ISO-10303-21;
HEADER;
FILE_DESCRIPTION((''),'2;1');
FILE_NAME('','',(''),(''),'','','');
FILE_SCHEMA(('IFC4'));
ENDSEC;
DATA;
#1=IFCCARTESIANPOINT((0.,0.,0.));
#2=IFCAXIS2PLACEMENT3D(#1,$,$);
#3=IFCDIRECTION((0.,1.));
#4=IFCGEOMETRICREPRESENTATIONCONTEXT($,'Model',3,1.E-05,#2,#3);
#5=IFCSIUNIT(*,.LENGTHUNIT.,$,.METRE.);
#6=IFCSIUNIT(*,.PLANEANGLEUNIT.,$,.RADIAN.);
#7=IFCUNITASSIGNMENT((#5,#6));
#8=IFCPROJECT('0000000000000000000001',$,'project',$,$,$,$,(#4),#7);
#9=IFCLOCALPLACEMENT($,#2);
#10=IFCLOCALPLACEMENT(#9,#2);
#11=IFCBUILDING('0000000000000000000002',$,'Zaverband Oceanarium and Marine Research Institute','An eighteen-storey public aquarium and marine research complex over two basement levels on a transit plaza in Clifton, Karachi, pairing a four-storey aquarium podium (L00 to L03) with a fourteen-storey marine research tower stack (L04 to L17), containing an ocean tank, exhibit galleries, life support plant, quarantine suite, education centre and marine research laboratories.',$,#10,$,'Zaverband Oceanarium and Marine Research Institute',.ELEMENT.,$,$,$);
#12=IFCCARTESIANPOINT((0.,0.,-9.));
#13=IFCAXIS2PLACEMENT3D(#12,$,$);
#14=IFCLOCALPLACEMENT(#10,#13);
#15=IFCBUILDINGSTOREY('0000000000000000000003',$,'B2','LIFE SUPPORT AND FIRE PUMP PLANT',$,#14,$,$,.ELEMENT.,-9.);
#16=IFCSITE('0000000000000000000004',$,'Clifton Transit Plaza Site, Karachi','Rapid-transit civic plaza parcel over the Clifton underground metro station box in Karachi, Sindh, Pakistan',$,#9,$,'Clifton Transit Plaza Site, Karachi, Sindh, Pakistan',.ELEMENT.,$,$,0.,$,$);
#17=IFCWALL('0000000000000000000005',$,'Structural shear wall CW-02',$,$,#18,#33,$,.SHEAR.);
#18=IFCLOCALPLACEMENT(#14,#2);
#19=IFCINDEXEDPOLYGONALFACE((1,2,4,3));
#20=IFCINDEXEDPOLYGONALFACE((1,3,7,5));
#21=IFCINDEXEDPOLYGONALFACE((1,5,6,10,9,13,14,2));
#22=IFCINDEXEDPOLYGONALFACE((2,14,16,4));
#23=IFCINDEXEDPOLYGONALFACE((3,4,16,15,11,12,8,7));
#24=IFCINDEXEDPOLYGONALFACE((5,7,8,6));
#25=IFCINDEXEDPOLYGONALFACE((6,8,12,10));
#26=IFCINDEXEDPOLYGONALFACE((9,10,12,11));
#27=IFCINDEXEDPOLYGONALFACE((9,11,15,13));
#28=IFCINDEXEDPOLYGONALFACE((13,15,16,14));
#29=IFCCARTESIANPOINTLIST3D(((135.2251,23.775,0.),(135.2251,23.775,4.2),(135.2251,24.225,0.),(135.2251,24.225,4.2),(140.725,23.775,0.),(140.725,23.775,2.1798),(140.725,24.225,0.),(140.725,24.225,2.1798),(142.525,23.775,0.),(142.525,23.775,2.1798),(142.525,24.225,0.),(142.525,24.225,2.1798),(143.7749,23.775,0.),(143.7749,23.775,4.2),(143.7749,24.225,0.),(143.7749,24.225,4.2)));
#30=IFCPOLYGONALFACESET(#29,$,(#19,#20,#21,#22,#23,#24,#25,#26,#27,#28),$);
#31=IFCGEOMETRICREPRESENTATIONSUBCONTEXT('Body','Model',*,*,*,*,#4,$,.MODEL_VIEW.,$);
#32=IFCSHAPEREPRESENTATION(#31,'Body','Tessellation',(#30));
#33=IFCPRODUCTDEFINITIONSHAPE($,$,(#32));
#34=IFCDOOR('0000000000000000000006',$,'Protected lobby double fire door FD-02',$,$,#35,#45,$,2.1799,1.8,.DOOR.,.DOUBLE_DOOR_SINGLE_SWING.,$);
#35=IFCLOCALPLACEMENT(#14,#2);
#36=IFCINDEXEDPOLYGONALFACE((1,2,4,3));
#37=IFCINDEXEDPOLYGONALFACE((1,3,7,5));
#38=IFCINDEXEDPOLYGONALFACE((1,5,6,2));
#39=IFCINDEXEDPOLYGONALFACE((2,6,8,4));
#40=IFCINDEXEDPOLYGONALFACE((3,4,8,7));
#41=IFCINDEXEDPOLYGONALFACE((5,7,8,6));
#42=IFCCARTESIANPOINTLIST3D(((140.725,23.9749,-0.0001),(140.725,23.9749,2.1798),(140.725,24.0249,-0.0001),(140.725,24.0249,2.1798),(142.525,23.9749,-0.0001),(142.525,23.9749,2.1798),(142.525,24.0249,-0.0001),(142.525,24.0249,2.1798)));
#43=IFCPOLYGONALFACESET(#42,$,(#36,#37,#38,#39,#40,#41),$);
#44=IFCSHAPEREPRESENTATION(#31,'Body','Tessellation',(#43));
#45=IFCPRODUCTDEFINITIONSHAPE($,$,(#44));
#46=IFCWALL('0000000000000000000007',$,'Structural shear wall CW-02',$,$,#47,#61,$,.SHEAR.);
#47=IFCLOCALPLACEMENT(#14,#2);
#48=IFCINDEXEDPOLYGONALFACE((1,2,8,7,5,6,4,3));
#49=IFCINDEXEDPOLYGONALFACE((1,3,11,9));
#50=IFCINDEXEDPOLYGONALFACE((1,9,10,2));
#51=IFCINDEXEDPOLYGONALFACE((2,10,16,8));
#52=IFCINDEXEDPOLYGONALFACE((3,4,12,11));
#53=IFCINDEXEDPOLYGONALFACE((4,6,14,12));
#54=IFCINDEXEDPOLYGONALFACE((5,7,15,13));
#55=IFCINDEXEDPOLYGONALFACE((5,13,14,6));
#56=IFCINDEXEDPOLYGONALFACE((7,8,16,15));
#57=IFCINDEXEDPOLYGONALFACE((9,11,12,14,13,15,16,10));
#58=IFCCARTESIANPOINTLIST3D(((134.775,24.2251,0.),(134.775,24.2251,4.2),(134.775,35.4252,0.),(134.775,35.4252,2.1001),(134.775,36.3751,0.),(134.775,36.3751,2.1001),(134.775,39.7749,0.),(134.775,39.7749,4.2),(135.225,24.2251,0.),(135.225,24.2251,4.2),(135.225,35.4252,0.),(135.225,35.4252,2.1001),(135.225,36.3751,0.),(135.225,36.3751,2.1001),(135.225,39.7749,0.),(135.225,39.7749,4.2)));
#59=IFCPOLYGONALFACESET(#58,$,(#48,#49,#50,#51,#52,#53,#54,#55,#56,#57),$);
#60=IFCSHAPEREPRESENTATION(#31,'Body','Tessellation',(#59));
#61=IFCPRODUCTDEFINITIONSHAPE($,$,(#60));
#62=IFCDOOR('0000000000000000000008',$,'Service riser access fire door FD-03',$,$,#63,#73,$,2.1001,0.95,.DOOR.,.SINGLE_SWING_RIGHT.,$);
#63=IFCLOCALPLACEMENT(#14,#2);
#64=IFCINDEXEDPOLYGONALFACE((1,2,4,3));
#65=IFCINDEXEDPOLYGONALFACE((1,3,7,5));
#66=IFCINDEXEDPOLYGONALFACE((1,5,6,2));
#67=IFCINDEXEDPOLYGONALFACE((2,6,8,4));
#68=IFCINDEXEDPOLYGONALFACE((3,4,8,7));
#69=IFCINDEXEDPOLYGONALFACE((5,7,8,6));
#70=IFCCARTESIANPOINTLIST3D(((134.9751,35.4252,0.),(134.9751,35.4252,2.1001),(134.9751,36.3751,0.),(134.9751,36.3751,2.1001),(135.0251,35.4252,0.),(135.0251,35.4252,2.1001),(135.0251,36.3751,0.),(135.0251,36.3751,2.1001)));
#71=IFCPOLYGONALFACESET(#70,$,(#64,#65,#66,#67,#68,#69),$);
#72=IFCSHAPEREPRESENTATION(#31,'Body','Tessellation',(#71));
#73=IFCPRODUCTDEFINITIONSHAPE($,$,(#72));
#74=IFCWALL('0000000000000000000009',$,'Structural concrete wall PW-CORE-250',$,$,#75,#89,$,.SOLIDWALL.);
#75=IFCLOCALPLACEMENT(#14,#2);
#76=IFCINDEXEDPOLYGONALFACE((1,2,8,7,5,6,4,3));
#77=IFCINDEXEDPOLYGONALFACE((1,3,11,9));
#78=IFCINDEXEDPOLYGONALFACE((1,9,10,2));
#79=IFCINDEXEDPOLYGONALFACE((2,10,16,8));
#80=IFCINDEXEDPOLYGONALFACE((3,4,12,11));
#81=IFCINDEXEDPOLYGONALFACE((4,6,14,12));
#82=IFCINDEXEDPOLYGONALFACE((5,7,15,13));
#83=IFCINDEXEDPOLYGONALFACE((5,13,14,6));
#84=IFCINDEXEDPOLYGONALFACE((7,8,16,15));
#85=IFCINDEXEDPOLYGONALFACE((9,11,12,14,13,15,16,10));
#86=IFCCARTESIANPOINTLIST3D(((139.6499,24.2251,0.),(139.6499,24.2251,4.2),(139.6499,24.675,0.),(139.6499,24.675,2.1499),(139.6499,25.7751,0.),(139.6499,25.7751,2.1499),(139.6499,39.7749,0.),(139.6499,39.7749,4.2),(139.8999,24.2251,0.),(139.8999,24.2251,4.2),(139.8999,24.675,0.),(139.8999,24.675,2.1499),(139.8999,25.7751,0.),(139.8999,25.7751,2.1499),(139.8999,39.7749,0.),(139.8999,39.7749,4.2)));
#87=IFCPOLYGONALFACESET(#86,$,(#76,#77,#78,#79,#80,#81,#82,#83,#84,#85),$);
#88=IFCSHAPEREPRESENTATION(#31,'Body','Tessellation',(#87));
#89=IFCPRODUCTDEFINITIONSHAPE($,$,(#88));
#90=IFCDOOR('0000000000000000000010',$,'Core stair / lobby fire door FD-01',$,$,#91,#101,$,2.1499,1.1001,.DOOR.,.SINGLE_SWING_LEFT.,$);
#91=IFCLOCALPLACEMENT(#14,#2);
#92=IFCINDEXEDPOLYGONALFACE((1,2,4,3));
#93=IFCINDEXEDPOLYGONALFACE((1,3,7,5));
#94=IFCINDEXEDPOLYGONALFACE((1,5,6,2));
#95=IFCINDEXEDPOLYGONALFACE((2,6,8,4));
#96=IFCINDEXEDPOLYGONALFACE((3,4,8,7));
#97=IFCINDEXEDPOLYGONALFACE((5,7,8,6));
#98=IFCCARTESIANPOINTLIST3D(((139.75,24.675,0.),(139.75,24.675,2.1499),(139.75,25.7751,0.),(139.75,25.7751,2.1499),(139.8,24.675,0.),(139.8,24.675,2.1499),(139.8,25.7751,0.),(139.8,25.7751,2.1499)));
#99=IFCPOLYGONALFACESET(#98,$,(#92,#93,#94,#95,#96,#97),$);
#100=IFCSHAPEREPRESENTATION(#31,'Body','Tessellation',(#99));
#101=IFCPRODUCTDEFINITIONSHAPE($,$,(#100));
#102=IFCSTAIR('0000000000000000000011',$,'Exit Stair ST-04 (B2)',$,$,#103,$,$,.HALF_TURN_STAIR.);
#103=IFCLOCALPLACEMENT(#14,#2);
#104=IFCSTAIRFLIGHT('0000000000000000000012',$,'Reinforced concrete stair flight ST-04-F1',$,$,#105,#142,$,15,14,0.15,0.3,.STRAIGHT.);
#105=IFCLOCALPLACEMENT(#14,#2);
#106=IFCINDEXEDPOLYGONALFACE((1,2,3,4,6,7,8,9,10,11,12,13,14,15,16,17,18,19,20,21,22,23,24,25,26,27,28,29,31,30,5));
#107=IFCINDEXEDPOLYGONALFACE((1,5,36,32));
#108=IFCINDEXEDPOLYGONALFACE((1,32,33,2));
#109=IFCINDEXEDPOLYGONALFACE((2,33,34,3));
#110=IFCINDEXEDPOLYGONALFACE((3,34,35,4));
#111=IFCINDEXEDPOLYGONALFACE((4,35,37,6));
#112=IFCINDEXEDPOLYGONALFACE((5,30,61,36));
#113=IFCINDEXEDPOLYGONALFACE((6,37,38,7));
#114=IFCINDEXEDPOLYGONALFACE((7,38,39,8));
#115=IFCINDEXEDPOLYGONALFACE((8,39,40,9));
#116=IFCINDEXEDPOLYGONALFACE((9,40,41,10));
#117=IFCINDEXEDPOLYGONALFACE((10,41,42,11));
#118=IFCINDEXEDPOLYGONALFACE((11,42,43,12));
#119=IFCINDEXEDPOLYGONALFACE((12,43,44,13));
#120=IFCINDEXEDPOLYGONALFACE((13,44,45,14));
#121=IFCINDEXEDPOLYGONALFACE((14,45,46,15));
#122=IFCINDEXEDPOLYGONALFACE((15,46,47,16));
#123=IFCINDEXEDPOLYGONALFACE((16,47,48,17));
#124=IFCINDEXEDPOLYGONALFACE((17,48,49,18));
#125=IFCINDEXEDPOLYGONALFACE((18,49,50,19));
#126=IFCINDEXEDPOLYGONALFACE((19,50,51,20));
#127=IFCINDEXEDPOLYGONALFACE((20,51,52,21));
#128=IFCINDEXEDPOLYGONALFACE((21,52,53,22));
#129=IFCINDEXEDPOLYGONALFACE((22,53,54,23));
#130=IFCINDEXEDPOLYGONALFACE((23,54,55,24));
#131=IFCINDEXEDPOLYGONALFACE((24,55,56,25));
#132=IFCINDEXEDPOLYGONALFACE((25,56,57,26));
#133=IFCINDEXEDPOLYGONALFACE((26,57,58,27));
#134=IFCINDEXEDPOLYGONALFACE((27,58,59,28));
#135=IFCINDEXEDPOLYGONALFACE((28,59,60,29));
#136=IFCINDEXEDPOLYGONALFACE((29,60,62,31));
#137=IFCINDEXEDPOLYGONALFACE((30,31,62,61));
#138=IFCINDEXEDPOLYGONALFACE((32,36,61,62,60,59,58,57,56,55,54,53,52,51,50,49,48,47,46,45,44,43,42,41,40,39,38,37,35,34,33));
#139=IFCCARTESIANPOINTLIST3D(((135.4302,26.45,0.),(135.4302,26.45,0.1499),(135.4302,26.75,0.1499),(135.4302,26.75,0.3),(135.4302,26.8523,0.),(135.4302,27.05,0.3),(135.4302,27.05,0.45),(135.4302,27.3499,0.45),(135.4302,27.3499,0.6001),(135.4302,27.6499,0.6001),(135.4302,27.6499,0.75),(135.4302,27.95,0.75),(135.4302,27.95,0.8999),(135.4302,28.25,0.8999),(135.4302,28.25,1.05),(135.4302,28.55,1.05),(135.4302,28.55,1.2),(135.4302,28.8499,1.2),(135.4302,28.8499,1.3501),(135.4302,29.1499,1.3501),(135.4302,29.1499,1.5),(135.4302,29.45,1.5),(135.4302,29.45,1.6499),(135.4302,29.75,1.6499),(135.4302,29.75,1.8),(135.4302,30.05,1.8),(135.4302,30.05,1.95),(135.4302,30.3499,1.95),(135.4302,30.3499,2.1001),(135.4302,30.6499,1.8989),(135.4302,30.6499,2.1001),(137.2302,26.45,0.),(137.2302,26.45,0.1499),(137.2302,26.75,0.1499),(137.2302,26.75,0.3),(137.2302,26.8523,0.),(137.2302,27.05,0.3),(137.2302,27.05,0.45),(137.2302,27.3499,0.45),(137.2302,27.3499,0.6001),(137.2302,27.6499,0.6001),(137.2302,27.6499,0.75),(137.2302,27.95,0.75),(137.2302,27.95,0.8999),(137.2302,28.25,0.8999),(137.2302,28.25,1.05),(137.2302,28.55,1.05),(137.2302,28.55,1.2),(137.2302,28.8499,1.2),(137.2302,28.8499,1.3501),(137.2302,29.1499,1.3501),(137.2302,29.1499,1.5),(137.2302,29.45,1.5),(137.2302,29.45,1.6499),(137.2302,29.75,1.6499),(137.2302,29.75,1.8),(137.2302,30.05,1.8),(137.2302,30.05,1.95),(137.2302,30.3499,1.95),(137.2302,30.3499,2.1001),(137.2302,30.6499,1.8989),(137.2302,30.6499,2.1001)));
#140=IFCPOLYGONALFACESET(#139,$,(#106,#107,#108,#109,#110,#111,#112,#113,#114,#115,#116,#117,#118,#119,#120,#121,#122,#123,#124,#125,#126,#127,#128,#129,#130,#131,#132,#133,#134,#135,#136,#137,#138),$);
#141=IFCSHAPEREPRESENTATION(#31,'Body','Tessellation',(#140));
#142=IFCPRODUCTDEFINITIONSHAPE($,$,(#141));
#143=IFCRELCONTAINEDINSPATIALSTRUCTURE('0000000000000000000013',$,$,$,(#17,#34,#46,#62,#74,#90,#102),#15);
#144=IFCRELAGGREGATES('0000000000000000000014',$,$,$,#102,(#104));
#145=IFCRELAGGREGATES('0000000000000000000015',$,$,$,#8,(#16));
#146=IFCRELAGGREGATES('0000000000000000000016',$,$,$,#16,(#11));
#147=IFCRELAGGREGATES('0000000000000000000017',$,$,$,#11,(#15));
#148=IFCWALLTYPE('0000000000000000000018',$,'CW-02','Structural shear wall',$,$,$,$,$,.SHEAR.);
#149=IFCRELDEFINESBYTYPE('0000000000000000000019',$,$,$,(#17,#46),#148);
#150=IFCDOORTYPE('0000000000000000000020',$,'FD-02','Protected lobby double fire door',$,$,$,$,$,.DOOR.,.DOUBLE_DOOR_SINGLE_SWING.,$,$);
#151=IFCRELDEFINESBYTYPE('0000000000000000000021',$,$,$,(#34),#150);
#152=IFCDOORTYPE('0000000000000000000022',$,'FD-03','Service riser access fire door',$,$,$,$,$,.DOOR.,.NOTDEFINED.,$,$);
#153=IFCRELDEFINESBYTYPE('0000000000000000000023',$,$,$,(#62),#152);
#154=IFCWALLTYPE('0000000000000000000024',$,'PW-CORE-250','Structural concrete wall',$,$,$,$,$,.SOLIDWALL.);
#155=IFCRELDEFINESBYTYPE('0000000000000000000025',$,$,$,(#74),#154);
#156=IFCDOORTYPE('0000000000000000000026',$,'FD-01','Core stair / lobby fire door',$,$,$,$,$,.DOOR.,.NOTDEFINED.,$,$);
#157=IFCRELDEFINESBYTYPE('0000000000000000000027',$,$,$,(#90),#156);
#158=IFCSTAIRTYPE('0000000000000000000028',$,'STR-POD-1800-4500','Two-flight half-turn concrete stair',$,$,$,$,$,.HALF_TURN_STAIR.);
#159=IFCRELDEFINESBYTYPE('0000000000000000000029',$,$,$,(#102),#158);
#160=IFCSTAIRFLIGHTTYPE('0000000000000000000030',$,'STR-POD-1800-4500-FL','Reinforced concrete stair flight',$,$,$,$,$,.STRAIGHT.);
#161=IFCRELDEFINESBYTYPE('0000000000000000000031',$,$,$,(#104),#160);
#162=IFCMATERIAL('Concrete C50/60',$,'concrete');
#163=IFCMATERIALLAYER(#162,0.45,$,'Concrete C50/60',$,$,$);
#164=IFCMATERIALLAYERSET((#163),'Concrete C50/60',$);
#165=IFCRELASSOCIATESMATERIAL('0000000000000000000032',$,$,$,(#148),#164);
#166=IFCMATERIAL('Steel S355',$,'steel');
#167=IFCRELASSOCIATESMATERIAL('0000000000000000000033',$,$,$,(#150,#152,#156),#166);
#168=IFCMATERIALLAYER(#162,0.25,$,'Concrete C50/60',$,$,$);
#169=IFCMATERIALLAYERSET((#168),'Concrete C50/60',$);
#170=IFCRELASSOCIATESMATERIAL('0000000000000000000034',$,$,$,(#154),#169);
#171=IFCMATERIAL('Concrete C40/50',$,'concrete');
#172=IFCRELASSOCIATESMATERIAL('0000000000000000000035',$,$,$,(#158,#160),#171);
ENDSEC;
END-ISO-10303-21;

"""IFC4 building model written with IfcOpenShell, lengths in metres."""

from ifc_helpers import new_model, si_unit, direction, frame, frame_2d, origin, place, context, subcontext, project, spatial, polyline, rectangle, outline, extrude, material, layer, layer_set, type_object, element, fill, aggregate, save


model = new_model("IFC4")

# Units and contexts
model_context = context("Model", 3, precision=1e-05, world=origin(), true_north=direction((0.0, 1.0)))
body_context = subcontext(model_context, "Body", "Model", "MODEL_VIEW")
ifc_project = project(units=[si_unit("LENGTHUNIT", "METRE"), si_unit("PLANEANGLEUNIT", "RADIAN")], contexts=[model_context])

# Site, building, storey
site_placement = place(None, origin())
site = spatial("IfcSite", under=ifc_project, at=site_placement, Name="Clifton Transit Plaza Site, Karachi", Description="Rapid-transit civic plaza parcel over the Clifton underground metro station box in Karachi, Sindh, Pakistan", LongName="Clifton Transit Plaza Site, Karachi, Sindh, Pakistan", CompositionType="ELEMENT", RefElevation=0.0)
building_placement = place(site_placement, origin())
building = spatial("IfcBuilding", under=site, at=building_placement, Name="Zaverband Oceanarium and Marine Research Institute", Description="An eighteen-storey public aquarium and marine research complex over two basement levels on a transit plaza in Clifton, Karachi, pairing a four-storey aquarium podium (L00 to L03) with a fourteen-storey marine research tower stack (L04 to L17), containing an ocean tank, exhibit galleries, life support plant, quarantine suite, education centre and marine research laboratories.", LongName="Zaverband Oceanarium and Marine Research Institute", CompositionType="ELEMENT")
storey_placement = place(building_placement, frame((0.0, 0.0, -9.0)))
storey = spatial("IfcBuildingStorey", under=building, at=storey_placement, Name="B2", Description="LIFE SUPPORT AND FIRE PUMP PLANT", CompositionType="ELEMENT", Elevation=-9.0)

# Shared definitions
ifc_material_1 = material(Name="Concrete C50/60", Category="concrete")

# Shared definitions
ifc_material_2 = material(Name="Concrete C40/50", Category="concrete")

# Walls, openings, doors
ifc_layer_1 = layer(ifc_material_1, 0.45, Name="Concrete C50/60")
ifc_layer_set_1 = layer_set([ifc_layer_1], Name="Concrete C50/60")
wall_type_1 = type_object("IfcWallType", Name="CW-02", Description="Structural shear wall", PredefinedType="SHEAR", material=ifc_layer_set_1)
wall_1_placement = place(storey_placement, frame((135.2251, 24.0, 0.0), z_axis=(0.0, 0.0, 1.0), x_axis=(1.0, 0.0, 0.0)))
wall_1 = element("IfcWall", 1, at=wall_1_placement, inside=storey, type_object=wall_type_1, Name="Structural shear wall CW-02", PredefinedType="SHEAR", context=body_context, shape_type="SweptSolid", body=[
    extrude(rectangle(XDim=8.5498, YDim=0.45, at=frame_2d((4.2749, 0.0))), origin(), (0.0, 0.0, 1.0), 4.2),
])
opening_1_placement = place(wall_1_placement, frame((5.5, 0.0, 0.0)))
opening_1 = element("IfcOpeningElement", 2, at=opening_1_placement, cuts=wall_1, PredefinedType="OPENING", context=body_context, shape_type="SweptSolid", body=[
    extrude(rectangle(XDim=1.8, YDim=2.1799, at=frame_2d((0.8999, 1.0898))), frame((0.0, 0.2368, 0.0), z_axis=(0.0, -1.0, 0.0), x_axis=(1.0, 0.0, 0.0)), (0.0, 0.0, 1.0), 0.4739),
])
ifc_material_3 = material(Name="Steel S355", Category="steel")
door_type_1 = type_object("IfcDoorType", Name="FD-02", Description="Protected lobby double fire door", OperationType="DOUBLE_DOOR_SINGLE_SWING", PredefinedType="DOOR", material=ifc_material_3)
door_1_placement = place(opening_1_placement, origin())
door_1 = element("IfcDoor", 3, at=door_1_placement, inside=storey, type_object=door_type_1, Name="Protected lobby double fire door FD-02", OperationType="DOUBLE_DOOR_SINGLE_SWING", OverallHeight=2.1799, OverallWidth=1.8, PredefinedType="DOOR", context=body_context, shape_type="SweptSolid", body=[
    extrude(rectangle(XDim=1.8, YDim=2.1799, at=frame_2d((0.8999, 1.0898))), frame((0.0, 0.0249, 0.0), z_axis=(0.0, -1.0, 0.0), x_axis=(1.0, 0.0, 0.0)), (0.0, 0.0, 1.0), 0.05),
])
fill(opening_1, door_1)
wall_2_placement = place(storey_placement, frame((135.0, 24.2251, 0.0), z_axis=(0.0, 0.0, 1.0), x_axis=(0.0, 1.0, 0.0)))
wall_2 = element("IfcWall", 4, at=wall_2_placement, inside=storey, type_object=wall_type_1, Name="Structural shear wall CW-02", PredefinedType="SHEAR", context=body_context, shape_type="SweptSolid", body=[
    extrude(rectangle(XDim=15.5498, YDim=0.45, at=frame_2d((7.7749, 0.0))), origin(), (0.0, 0.0, 1.0), 4.2),
])
opening_2_placement = place(wall_2_placement, frame((11.2, 0.0, 0.0)))
opening_2 = element("IfcOpeningElement", 5, at=opening_2_placement, cuts=wall_2, PredefinedType="OPENING", context=body_context, shape_type="SweptSolid", body=[
    extrude(rectangle(XDim=0.95, YDim=2.1001, at=frame_2d((0.4751, 1.05))), frame((0.0, 0.2368, 0.0), z_axis=(0.0, -1.0, 0.0), x_axis=(1.0, 0.0, 0.0)), (0.0, 0.0, 1.0), 0.4739),
])
door_type_2 = type_object("IfcDoorType", Name="FD-03", Description="Service riser access fire door", OperationType="NOTDEFINED", PredefinedType="DOOR", material=ifc_material_3)
door_2_placement = place(opening_2_placement, origin())
door_2 = element("IfcDoor", 6, at=door_2_placement, inside=storey, type_object=door_type_2, Name="Service riser access fire door FD-03", OperationType="SINGLE_SWING_RIGHT", OverallHeight=2.1001, OverallWidth=0.95, PredefinedType="DOOR", context=body_context, shape_type="SweptSolid", body=[
    extrude(rectangle(XDim=0.95, YDim=2.1001, at=frame_2d((0.4751, 1.05))), frame((0.0, 0.0249, 0.0), z_axis=(0.0, -1.0, 0.0), x_axis=(1.0, 0.0, 0.0)), (0.0, 0.0, 1.0), 0.05),
])
fill(opening_2, door_2)
ifc_layer_2 = layer(ifc_material_1, 0.25, Name="Concrete C50/60")
ifc_layer_set_2 = layer_set([ifc_layer_2], Name="Concrete C50/60")
wall_type_2 = type_object("IfcWallType", Name="PW-CORE-250", Description="Structural concrete wall", PredefinedType="SOLIDWALL", material=ifc_layer_set_2)
wall_3_placement = place(storey_placement, frame((139.7749, 24.2251, 0.0), z_axis=(0.0, 0.0, 1.0), x_axis=(0.0, 1.0, 0.0)))
wall_3 = element("IfcWall", 7, at=wall_3_placement, inside=storey, type_object=wall_type_2, Name="Structural concrete wall PW-CORE-250", PredefinedType="SOLIDWALL", context=body_context, shape_type="SweptSolid", body=[
    extrude(rectangle(XDim=15.5498, YDim=0.25, at=frame_2d((7.7749, 0.0))), origin(), (0.0, 0.0, 1.0), 4.2),
])
opening_3_placement = place(wall_3_placement, frame((0.45, 0.0, 0.0)))
opening_3 = element("IfcOpeningElement", 8, at=opening_3_placement, cuts=wall_3, PredefinedType="OPENING", context=body_context, shape_type="SweptSolid", body=[
    extrude(rectangle(XDim=1.1001, YDim=2.1499, at=frame_2d((0.55, 1.075))), frame((0.0, 0.137, 0.0), z_axis=(0.0, -1.0, 0.0), x_axis=(1.0, 0.0, 0.0)), (0.0, 0.0, 1.0), 0.2739),
])
door_type_3 = type_object("IfcDoorType", Name="FD-01", Description="Core stair / lobby fire door", OperationType="NOTDEFINED", PredefinedType="DOOR", material=ifc_material_3)
door_3_placement = place(opening_3_placement, origin())
door_3 = element("IfcDoor", 9, at=door_3_placement, inside=storey, type_object=door_type_3, Name="Core stair / lobby fire door FD-01", OperationType="SINGLE_SWING_LEFT", OverallHeight=2.1499, OverallWidth=1.1001, PredefinedType="DOOR", context=body_context, shape_type="SweptSolid", body=[
    extrude(rectangle(XDim=1.1001, YDim=2.1499, at=frame_2d((0.55, 1.075))), frame((0.0, 0.0249, 0.0), z_axis=(0.0, -1.0, 0.0), x_axis=(1.0, 0.0, 0.0)), (0.0, 0.0, 1.0), 0.05),
])
fill(opening_3, door_3)

# Stair, stair flight
stair_type = type_object("IfcStairType", Name="STR-POD-1800-4500", Description="Two-flight half-turn concrete stair", PredefinedType="HALF_TURN_STAIR", material=ifc_material_2)
stair_placement = place(storey_placement, origin())
stair = element("IfcStair", 10, at=stair_placement, inside=storey, type_object=stair_type, Name="Exit Stair ST-04 (B2)", PredefinedType="HALF_TURN_STAIR")
stair_flight_type = type_object("IfcStairFlightType", Name="STR-POD-1800-4500-FL", Description="Reinforced concrete stair flight", PredefinedType="STRAIGHT", material=ifc_material_2)
stair_flight_placement = place(storey_placement, frame((136.3301, 26.45, 0.0), z_axis=(0.0, 0.0, 1.0), x_axis=(0.0, 1.0, 0.0)))
stair_flight = element("IfcStairFlight", 11, at=stair_flight_placement, type_object=stair_flight_type, Name="Reinforced concrete stair flight ST-04-F1", NumberOfRisers=15, NumberOfTreads=14, PredefinedType="STRAIGHT", RiserHeight=0.15, TreadLength=0.3, context=body_context, shape_type="SweptSolid", body=[
    extrude(outline(polyline([(0.0, 0.0), (0.0, 0.1499), (0.3, 0.1499), (0.3, 0.3), (0.6001, 0.3), (0.6001, 0.45), (0.8999, 0.45), (0.8999, 0.6001), (1.2, 0.6001), (1.2, 0.75), (1.5, 0.75), (1.5, 0.8999), (1.8, 0.8999), (1.8, 1.05), (2.1001, 1.05), (2.1001, 1.2), (2.3999, 1.2), (2.3999, 1.3501), (2.7, 1.3501), (2.7, 1.5), (3.0, 1.5), (3.0, 1.6499), (3.3, 1.6499), (3.3, 1.8), (3.6001, 1.8), (3.6001, 1.95), (3.8999, 1.95), (3.8999, 2.1001), (4.2, 2.1001), (4.2, 2.25), (4.2, 1.8989), (0.4023, 0.0), (0.0, 0.0)])), frame((0.0, 0.8999, 0.0), z_axis=(0.0, -1.0, 0.0), x_axis=(1.0, 0.0, 0.0)), (0.0, 0.0, 1.0), 1.8),
])
aggregate(stair, [stair_flight])

save(model, "model.ifc")
